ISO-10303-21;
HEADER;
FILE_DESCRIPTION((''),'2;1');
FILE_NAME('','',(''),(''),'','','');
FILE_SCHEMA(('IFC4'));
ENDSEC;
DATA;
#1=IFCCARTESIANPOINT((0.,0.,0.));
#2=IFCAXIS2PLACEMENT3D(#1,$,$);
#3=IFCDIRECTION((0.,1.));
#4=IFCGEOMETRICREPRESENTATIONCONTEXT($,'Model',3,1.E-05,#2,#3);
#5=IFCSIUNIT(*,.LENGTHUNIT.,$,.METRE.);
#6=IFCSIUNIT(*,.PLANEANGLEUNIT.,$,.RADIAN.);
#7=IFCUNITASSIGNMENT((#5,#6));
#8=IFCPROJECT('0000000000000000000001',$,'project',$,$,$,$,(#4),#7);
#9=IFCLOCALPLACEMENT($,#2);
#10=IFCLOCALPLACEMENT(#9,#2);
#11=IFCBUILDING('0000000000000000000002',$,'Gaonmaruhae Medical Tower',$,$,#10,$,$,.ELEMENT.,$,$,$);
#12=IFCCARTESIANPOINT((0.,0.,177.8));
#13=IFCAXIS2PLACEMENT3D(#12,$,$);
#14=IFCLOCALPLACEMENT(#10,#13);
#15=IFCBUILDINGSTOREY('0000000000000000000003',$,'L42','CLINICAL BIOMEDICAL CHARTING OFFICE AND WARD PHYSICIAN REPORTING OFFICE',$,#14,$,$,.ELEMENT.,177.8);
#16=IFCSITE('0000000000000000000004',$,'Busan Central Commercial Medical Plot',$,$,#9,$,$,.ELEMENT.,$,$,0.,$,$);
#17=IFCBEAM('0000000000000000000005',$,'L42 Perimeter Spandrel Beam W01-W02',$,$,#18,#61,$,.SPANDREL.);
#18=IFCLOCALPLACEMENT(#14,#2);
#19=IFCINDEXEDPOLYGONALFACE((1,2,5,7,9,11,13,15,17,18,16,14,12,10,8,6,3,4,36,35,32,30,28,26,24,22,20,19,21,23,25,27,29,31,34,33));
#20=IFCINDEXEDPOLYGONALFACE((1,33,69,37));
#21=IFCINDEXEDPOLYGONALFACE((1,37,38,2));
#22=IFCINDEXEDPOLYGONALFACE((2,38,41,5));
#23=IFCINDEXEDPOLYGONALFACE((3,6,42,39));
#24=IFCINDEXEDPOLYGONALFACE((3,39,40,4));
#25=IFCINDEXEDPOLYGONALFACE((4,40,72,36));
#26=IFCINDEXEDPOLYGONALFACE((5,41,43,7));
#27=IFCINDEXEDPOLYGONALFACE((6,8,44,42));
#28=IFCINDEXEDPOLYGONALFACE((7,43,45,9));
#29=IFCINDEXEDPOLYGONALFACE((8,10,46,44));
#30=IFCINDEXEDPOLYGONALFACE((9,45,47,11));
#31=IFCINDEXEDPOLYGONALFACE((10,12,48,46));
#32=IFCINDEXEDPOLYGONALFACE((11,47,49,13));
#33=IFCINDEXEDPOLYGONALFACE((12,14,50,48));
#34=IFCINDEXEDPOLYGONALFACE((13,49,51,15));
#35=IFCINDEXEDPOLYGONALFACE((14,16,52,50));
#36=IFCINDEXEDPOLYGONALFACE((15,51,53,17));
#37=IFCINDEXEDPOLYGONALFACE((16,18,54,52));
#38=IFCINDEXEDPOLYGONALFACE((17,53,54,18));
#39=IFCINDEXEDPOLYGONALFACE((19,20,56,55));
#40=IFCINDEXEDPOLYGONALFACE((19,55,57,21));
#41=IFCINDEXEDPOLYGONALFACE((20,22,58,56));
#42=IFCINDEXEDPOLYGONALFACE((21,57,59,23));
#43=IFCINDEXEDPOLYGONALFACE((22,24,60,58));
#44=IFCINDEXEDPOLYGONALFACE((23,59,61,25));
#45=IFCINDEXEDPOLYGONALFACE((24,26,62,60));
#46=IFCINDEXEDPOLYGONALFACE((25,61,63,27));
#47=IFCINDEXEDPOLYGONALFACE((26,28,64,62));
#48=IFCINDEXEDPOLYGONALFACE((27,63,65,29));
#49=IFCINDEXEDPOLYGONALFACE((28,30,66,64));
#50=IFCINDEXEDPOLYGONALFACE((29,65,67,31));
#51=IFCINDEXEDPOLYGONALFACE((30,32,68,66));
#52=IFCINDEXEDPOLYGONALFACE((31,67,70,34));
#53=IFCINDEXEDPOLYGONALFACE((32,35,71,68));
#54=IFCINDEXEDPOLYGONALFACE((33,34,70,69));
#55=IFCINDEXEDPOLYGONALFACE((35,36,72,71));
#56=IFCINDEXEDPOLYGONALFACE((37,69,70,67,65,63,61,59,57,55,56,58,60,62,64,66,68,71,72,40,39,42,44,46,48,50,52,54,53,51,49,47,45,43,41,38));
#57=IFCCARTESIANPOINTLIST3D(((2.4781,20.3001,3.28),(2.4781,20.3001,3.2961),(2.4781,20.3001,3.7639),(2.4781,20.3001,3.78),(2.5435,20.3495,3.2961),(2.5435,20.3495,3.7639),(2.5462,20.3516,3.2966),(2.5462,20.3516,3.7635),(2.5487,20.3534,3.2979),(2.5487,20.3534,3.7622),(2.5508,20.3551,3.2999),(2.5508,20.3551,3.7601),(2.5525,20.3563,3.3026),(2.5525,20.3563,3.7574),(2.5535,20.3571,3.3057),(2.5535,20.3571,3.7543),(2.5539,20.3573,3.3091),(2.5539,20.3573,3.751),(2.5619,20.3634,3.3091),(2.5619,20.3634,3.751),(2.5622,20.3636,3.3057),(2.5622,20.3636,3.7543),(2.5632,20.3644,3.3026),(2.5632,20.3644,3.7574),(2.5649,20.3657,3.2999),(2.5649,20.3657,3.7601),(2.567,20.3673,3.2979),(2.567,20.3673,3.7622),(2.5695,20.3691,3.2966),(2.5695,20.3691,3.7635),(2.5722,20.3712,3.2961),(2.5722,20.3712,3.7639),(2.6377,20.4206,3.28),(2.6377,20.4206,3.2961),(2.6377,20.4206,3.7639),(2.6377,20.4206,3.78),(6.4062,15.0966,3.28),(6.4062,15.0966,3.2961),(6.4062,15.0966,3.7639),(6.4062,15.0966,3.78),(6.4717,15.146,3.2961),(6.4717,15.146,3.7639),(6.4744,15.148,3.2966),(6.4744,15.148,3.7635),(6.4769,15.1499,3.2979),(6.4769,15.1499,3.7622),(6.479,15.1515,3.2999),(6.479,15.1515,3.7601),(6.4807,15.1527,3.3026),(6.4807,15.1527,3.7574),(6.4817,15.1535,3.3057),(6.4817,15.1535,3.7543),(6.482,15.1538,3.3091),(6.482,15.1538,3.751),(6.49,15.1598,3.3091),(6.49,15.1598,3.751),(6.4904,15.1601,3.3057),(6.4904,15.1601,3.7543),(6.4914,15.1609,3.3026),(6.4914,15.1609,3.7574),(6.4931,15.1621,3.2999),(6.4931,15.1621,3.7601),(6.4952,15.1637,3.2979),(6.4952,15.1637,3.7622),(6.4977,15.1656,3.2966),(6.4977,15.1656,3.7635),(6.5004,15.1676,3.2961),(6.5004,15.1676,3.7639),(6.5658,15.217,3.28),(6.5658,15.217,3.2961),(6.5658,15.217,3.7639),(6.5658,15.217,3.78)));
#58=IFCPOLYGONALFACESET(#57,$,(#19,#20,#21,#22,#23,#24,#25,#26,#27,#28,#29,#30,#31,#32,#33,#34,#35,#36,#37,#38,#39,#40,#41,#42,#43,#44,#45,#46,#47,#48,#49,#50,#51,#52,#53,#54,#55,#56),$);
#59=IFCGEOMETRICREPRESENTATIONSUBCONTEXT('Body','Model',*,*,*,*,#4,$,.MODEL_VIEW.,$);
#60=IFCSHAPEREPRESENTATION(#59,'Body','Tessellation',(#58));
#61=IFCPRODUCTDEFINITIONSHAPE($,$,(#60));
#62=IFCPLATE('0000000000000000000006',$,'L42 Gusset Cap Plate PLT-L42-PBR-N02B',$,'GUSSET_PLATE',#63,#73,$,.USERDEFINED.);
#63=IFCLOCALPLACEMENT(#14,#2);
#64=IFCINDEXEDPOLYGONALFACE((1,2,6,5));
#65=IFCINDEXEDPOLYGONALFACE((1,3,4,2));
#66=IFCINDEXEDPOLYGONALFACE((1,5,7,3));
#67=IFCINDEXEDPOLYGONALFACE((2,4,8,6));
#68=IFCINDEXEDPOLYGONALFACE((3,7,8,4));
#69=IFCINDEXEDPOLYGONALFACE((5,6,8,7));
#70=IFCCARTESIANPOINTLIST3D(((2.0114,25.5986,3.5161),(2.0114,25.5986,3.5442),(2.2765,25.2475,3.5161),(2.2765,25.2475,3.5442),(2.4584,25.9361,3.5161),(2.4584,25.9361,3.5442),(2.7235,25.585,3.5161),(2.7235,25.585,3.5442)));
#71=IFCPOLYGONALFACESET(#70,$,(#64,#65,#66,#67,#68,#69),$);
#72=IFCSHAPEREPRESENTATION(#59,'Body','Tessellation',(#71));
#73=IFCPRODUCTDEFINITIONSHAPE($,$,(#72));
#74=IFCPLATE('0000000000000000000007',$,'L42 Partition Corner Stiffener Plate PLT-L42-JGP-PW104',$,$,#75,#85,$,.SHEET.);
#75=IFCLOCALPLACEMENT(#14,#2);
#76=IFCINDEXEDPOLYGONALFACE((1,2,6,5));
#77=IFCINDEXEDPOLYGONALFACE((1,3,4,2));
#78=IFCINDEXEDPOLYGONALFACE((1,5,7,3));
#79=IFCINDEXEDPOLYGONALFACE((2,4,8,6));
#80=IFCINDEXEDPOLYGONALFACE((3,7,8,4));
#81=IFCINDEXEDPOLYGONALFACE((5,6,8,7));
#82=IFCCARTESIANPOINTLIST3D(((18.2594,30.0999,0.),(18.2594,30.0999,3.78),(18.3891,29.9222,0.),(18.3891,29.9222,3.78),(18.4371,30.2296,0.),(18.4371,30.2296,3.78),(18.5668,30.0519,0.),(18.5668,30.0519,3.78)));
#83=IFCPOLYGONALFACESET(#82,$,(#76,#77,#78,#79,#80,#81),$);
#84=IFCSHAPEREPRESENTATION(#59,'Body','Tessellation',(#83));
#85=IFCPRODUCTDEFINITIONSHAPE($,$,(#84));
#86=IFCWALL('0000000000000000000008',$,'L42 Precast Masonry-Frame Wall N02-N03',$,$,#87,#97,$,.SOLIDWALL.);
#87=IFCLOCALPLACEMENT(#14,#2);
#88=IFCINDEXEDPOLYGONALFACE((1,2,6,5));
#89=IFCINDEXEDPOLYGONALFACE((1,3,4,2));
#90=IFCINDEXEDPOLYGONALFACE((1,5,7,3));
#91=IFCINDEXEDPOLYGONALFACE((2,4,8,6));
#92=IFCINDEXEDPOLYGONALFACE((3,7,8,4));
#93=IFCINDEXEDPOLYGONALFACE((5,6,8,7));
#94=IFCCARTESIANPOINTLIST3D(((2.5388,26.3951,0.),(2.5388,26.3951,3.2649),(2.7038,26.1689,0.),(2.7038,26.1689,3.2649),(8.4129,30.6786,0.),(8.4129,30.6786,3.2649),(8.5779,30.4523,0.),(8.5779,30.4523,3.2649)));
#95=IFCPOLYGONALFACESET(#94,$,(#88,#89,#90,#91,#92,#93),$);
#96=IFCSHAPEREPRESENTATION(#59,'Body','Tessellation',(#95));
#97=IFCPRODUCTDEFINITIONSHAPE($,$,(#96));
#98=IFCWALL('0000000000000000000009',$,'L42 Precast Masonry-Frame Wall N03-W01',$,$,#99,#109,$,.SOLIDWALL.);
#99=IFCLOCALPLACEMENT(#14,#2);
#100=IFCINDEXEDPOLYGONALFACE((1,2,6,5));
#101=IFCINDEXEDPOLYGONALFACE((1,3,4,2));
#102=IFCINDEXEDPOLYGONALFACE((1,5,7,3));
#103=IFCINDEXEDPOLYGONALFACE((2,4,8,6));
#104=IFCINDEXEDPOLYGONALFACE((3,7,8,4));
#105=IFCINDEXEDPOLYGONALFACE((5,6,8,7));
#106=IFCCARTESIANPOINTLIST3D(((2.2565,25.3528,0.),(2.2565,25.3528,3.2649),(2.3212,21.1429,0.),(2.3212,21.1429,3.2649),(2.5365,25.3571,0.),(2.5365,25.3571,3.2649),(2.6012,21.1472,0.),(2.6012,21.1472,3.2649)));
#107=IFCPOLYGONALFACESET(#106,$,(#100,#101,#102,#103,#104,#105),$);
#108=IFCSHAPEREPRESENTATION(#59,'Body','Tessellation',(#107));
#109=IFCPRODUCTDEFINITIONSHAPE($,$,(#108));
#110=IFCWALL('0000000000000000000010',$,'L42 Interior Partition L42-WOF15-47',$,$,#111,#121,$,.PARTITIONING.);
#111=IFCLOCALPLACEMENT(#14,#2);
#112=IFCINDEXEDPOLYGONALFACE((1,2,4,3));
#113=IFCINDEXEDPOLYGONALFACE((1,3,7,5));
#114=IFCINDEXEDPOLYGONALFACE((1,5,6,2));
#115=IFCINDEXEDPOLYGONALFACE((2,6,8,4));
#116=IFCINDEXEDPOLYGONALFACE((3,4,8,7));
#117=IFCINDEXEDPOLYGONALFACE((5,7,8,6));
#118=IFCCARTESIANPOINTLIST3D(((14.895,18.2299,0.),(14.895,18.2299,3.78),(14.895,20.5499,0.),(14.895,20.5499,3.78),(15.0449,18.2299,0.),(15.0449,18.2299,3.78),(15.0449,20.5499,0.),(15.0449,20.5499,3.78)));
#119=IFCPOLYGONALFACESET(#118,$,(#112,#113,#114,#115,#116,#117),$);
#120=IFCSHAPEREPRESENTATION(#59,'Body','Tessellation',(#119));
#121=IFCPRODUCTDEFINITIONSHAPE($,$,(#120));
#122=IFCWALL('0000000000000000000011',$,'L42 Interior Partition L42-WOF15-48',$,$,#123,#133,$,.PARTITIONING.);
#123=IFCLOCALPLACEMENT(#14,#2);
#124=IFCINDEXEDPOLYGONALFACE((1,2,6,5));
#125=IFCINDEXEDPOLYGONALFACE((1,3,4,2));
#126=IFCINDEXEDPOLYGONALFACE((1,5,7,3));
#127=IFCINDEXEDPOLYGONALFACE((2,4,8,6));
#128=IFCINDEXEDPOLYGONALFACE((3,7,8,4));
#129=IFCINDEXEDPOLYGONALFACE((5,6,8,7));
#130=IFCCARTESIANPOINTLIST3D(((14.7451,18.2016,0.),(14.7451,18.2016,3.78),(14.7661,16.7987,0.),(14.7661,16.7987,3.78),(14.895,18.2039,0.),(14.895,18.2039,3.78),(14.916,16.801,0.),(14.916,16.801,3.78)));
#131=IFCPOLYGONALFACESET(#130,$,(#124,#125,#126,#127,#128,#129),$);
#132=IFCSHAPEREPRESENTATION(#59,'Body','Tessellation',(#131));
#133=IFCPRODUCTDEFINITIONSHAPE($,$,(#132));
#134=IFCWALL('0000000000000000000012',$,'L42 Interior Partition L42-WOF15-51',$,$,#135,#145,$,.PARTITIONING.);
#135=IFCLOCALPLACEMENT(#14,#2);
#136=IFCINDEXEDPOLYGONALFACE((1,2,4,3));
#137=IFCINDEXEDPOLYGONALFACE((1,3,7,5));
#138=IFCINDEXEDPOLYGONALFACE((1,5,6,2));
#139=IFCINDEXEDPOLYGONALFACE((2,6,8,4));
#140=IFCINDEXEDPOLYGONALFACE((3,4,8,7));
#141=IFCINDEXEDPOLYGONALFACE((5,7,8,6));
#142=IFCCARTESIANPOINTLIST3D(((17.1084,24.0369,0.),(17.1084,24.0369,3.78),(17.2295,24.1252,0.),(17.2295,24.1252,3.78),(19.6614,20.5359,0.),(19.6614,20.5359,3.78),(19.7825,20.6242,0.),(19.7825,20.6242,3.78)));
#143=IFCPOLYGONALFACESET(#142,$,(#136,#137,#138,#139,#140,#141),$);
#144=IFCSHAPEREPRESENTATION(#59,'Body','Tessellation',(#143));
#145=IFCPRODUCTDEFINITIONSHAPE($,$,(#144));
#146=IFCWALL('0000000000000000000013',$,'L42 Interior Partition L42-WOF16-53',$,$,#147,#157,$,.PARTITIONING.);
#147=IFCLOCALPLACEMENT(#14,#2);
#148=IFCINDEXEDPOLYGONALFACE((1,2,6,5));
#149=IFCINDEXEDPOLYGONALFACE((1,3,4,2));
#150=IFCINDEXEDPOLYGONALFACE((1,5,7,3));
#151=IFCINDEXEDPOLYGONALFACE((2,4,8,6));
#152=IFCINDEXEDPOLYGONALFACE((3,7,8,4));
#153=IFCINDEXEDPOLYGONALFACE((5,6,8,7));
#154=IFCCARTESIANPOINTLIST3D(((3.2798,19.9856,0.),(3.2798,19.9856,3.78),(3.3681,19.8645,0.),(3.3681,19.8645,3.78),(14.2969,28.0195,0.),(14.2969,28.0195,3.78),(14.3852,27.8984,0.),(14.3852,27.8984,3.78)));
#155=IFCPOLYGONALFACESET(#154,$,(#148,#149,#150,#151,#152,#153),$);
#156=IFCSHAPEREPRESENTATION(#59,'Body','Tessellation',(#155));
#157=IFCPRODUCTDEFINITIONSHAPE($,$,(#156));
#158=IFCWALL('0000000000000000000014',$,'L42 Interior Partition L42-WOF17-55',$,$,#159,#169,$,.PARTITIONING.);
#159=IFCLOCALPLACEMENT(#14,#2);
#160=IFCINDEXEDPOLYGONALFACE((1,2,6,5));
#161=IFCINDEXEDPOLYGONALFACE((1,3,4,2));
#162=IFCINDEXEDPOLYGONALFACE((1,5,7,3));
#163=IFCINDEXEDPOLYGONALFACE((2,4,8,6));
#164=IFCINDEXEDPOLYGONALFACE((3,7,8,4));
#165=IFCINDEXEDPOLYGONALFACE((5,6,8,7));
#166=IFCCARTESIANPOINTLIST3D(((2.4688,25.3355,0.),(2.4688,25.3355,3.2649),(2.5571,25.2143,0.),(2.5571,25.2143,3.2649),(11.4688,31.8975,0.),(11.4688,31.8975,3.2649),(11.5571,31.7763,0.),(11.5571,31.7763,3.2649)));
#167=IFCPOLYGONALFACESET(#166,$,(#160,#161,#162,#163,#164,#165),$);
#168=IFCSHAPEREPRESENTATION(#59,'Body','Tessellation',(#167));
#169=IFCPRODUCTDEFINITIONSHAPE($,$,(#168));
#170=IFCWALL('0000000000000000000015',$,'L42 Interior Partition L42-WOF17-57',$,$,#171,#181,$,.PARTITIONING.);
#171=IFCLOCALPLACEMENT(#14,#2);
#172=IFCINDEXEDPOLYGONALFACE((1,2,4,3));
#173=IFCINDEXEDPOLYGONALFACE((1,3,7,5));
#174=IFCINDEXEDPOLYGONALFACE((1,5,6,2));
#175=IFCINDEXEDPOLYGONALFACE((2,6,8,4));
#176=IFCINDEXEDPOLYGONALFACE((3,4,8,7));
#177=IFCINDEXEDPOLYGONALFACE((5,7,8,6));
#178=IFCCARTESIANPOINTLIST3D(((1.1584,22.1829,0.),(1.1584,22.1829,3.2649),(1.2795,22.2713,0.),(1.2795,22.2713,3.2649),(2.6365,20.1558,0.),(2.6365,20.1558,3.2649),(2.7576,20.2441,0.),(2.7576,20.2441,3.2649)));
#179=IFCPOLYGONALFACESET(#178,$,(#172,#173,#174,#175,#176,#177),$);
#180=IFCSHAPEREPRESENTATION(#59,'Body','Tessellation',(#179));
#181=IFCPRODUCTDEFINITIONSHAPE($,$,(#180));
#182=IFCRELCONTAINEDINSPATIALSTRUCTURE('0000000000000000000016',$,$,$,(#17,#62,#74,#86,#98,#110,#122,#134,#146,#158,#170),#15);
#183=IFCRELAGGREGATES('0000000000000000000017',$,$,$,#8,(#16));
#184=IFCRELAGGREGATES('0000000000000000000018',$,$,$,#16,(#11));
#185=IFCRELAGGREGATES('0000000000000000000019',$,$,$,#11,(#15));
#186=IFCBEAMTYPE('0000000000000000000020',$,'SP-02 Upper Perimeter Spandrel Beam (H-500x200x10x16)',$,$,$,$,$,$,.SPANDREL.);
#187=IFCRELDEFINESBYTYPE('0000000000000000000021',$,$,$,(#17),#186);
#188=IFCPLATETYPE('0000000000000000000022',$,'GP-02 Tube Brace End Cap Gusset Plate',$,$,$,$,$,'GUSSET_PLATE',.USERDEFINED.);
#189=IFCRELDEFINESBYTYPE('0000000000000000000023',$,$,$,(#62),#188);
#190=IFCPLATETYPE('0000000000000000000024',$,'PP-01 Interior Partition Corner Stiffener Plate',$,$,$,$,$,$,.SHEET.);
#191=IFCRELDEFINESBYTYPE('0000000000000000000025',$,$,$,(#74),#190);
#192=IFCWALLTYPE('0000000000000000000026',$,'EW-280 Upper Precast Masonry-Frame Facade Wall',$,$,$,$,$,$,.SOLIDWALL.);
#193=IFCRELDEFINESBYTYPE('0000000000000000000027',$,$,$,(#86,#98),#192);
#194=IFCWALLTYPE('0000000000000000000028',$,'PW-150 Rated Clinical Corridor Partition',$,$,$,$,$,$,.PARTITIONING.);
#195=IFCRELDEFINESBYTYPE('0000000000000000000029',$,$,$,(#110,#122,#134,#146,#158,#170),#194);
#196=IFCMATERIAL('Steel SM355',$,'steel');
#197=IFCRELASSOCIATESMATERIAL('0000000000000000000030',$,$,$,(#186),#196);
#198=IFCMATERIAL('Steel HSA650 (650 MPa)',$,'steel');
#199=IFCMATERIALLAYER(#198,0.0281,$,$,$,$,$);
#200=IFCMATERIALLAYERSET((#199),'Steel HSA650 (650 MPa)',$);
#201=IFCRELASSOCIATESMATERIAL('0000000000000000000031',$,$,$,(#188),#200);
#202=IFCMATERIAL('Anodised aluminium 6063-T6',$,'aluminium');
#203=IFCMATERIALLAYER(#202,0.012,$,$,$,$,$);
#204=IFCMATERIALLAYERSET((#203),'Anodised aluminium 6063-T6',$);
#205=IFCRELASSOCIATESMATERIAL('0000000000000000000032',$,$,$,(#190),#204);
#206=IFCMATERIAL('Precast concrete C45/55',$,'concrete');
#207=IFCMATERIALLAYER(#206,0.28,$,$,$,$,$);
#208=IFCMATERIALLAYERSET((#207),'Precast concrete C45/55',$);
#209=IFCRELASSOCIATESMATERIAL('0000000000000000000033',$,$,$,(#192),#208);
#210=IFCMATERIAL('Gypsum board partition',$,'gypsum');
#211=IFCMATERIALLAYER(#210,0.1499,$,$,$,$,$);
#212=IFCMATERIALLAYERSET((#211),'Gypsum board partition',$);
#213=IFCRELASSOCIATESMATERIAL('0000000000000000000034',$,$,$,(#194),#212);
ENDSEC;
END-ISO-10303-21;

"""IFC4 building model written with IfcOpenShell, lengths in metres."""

from ifc_helpers import new_model, si_unit, direction, frame, frame_2d, origin, origin_2d, place, context, subcontext, project, spatial, rectangle, i_section, extrude, material, layer, layer_set, material_profile, profile_set, type_object, element, save


model = new_model("IFC4")

# Units and contexts
model_context = context("Model", 3, precision=1e-05, world=origin(), true_north=direction((0.0, 1.0)))
body_context = subcontext(model_context, "Body", "Model", "MODEL_VIEW")
ifc_project = project(units=[si_unit("LENGTHUNIT", "METRE"), si_unit("PLANEANGLEUNIT", "RADIAN")], contexts=[model_context])

# Site, building, storey
site_placement = place(None, origin())
site = spatial("IfcSite", under=ifc_project, at=site_placement, Name="Busan Central Commercial Medical Plot", CompositionType="ELEMENT", RefElevation=0.0)
building_placement = place(site_placement, origin())
building = spatial("IfcBuilding", under=site, at=building_placement, Name="Gaonmaruhae Medical Tower", CompositionType="ELEMENT")
storey_placement = place(building_placement, frame((0.0, 0.0, 177.8)))
storey = spatial("IfcBuildingStorey", under=building, at=storey_placement, Name="L42", Description="CLINICAL BIOMEDICAL CHARTING OFFICE AND WARD PHYSICIAN REPORTING OFFICE", CompositionType="ELEMENT", Elevation=177.8)

# Beam
ifc_material_1 = material(Name="Steel SM355", Category="steel")
ifc_material_profile_1 = material_profile(ifc_material_1, i_section(OverallWidth=0.2, OverallDepth=0.5, WebThickness=0.01, FlangeThickness=0.0161, FilletRadius=0.0129, at=origin_2d()), Name="H-500x200x10x16")
ifc_profile_set_1 = profile_set([ifc_material_profile_1], Name="Steel SM355")
beam_type_1 = type_object("IfcBeamType", Name="SP-02 Upper Perimeter Spandrel Beam (H-500x200x10x16)", PredefinedType="SPANDREL", material=ifc_profile_set_1)
beam_1_placement = place(storey_placement, frame((2.5579, 20.3604, 3.53), z_axis=(0.602501, -0.798118, 0.0), x_axis=(0.798118, 0.602501, 0.0)))
element("IfcBeam", 1, at=beam_1_placement, inside=storey, type_object=beam_type_1, Name="L42 Perimeter Spandrel Beam W01-W02", PredefinedType="SPANDREL", context=body_context, shape_type="SweptSolid", body=[
    extrude(i_section(OverallWidth=0.2, OverallDepth=0.5, WebThickness=0.01, FlangeThickness=0.0161, FilletRadius=0.0129, at=origin_2d()), origin(), (0.0, 0.0, 1.0), 6.5198),
])

# Plates
ifc_material_2 = material(Name="Steel HSA650 (650 MPa)", Category="steel")
ifc_layer_1 = layer(ifc_material_2, 0.0281)
ifc_layer_set_1 = layer_set([ifc_layer_1], Name="Steel HSA650 (650 MPa)")
plate_type_1 = type_object("IfcPlateType", Name="GP-02 Tube Brace End Cap Gusset Plate", ElementType="GUSSET_PLATE", PredefinedType="USERDEFINED", material=ifc_layer_set_1)
plate_1_placement = place(storey_placement, frame((2.3674, 25.5918, 3.5161), z_axis=(0.0, 0.0, 1.0), x_axis=(0.79811, 0.602512, 0.0)))
element("IfcPlate", 2, at=plate_1_placement, inside=storey, type_object=plate_type_1, Name="L42 Gusset Cap Plate PLT-L42-PBR-N02B", ObjectType="GUSSET_PLATE", PredefinedType="USERDEFINED", context=body_context, shape_type="SweptSolid", body=[
    extrude(rectangle(XDim=0.5601, YDim=0.4399, at=origin_2d()), origin(), (0.0, 0.0, 1.0), 0.0281),
])
ifc_material_3 = material(Name="Anodised aluminium 6063-T6", Category="aluminium")
ifc_layer_2 = layer(ifc_material_3, 0.012)
ifc_layer_set_2 = layer_set([ifc_layer_2], Name="Anodised aluminium 6063-T6")
plate_type_2 = type_object("IfcPlateType", Name="PP-01 Interior Partition Corner Stiffener Plate", PredefinedType="SHEET", material=ifc_layer_set_2)
plate_2_placement = place(storey_placement, frame((18.4131, 30.0759, 0.0), z_axis=(0.0, 0.0, 1.0), x_axis=(-0.807671, -0.589633, 0.0)))
element("IfcPlate", 3, at=plate_2_placement, inside=storey, type_object=plate_type_2, Name="L42 Partition Corner Stiffener Plate PLT-L42-JGP-PW104", PredefinedType="SHEET", context=body_context, shape_type="SweptSolid", body=[
    extrude(rectangle(XDim=0.22, YDim=0.22, at=origin_2d()), origin(), (0.0, 0.0, 1.0), 3.78),
])

# Walls
ifc_material_4 = material(Name="Precast concrete C45/55", Category="concrete")
ifc_layer_3 = layer(ifc_material_4, 0.28)
ifc_layer_set_3 = layer_set([ifc_layer_3], Name="Precast concrete C45/55")
wall_type_1 = type_object("IfcWallType", Name="EW-280 Upper Precast Masonry-Frame Facade Wall", PredefinedType="SOLIDWALL", material=ifc_layer_set_3)
wall_1_placement = place(storey_placement, frame((2.6213, 26.282, 0.0), z_axis=(0.0, 0.0, 1.0), x_axis=(0.807988, 0.5892, 0.0)))
element("IfcWall", 4, at=wall_1_placement, inside=storey, type_object=wall_type_1, Name="L42 Precast Masonry-Frame Wall N02-N03", PredefinedType="SOLIDWALL", context=body_context, shape_type="SweptSolid", body=[
    extrude(rectangle(XDim=7.27, YDim=0.28, at=frame_2d((3.635, 0.0))), origin(), (0.0, 0.0, 1.0), 3.2649),
])
wall_2_placement = place(storey_placement, frame((2.4612, 21.145, 0.0), z_axis=(0.0, 0.0, 1.0), x_axis=(-0.015366, 0.999882, 0.0)))
element("IfcWall", 5, at=wall_2_placement, inside=storey, type_object=wall_type_1, Name="L42 Precast Masonry-Frame Wall N03-W01", PredefinedType="SOLIDWALL", context=body_context, shape_type="SweptSolid", body=[
    extrude(rectangle(XDim=4.2104, YDim=0.28, at=frame_2d((2.1052, 0.0))), origin(), (0.0, 0.0, 1.0), 3.2649),
])
ifc_material_5 = material(Name="Gypsum board partition", Category="gypsum")
ifc_layer_4 = layer(ifc_material_5, 0.1499)
ifc_layer_set_4 = layer_set([ifc_layer_4], Name="Gypsum board partition")
wall_type_2 = type_object("IfcWallType", Name="PW-150 Rated Clinical Corridor Partition", PredefinedType="PARTITIONING", material=ifc_layer_set_4)
wall_3_placement = place(storey_placement, frame((14.97, 20.55, 0.0), z_axis=(0.0, 0.0, 1.0), x_axis=(0.0, -1.0, 0.0)))
element("IfcWall", 6, at=wall_3_placement, inside=storey, type_object=wall_type_2, Name="L42 Interior Partition L42-WOF15-47", PredefinedType="PARTITIONING", context=body_context, shape_type="SweptSolid", body=[
    extrude(rectangle(XDim=2.3201, YDim=0.1499, at=frame_2d((1.1602, 0.0))), origin(), (0.0, 0.0, 1.0), 3.78),
])
wall_4_placement = place(storey_placement, frame((14.8201, 18.2029, 0.0), z_axis=(0.0, 0.0, 1.0), x_axis=(0.014965, -0.999888, 0.0)))
element("IfcWall", 7, at=wall_4_placement, inside=storey, type_object=wall_type_2, Name="L42 Interior Partition L42-WOF15-48", PredefinedType="PARTITIONING", context=body_context, shape_type="SweptSolid", body=[
    extrude(rectangle(XDim=1.4031, YDim=0.1499, at=frame_2d((0.7017, 0.0))), origin(), (0.0, 0.0, 1.0), 3.78),
])
wall_5_placement = place(storey_placement, frame((17.1689, 24.0811, 0.0), z_axis=(0.0, 0.0, 1.0), x_axis=(0.5892, -0.807987, 0.0)))
element("IfcWall", 8, at=wall_5_placement, inside=storey, type_object=wall_type_2, Name="L42 Interior Partition L42-WOF15-51", PredefinedType="PARTITIONING", context=body_context, shape_type="SweptSolid", body=[
    extrude(rectangle(XDim=4.333, YDim=0.1499, at=frame_2d((2.1665, 0.0))), origin(), (0.0, 0.0, 1.0), 3.78),
])
wall_6_placement = place(storey_placement, frame((3.324, 19.925, 0.0), z_axis=(0.0, 0.0, 1.0), x_axis=(0.807985, 0.589203, 0.0)))
element("IfcWall", 9, at=wall_6_placement, inside=storey, type_object=wall_type_2, Name="L42 Interior Partition L42-WOF16-53", PredefinedType="PARTITIONING", context=body_context, shape_type="SweptSolid", body=[
    extrude(rectangle(XDim=13.6353, YDim=0.1499, at=frame_2d((6.8176, 0.0))), origin(), (0.0, 0.0, 1.0), 3.78),
])

# Walls
wall_7_placement = place(storey_placement, frame((2.5129, 25.2749, 0.0), z_axis=(0.0, 0.0, 1.0), x_axis=(0.808028, 0.589144, 0.0)))
element("IfcWall", 10, at=wall_7_placement, inside=storey, type_object=wall_type_2, Name="L42 Interior Partition L42-WOF17-55", PredefinedType="PARTITIONING", context=body_context, shape_type="SweptSolid", body=[
    extrude(rectangle(XDim=11.1382, YDim=0.1499, at=frame_2d((5.5691, 0.0))), origin(), (0.0, 0.0, 1.0), 3.2649),
])
wall_8_placement = place(storey_placement, frame((2.697, 20.2, 0.0), z_axis=(0.0, 0.0, 1.0), x_axis=(-0.589155, 0.80802, 0.0)))
element("IfcWall", 11, at=wall_8_placement, inside=storey, type_object=wall_type_2, Name="L42 Interior Partition L42-WOF17-57", PredefinedType="PARTITIONING", context=body_context, shape_type="SweptSolid", body=[
    extrude(rectangle(XDim=2.5088, YDim=0.1499, at=frame_2d((1.2544, 0.0))), origin(), (0.0, 0.0, 1.0), 3.2649),
])

save(model, "model.ifc")
